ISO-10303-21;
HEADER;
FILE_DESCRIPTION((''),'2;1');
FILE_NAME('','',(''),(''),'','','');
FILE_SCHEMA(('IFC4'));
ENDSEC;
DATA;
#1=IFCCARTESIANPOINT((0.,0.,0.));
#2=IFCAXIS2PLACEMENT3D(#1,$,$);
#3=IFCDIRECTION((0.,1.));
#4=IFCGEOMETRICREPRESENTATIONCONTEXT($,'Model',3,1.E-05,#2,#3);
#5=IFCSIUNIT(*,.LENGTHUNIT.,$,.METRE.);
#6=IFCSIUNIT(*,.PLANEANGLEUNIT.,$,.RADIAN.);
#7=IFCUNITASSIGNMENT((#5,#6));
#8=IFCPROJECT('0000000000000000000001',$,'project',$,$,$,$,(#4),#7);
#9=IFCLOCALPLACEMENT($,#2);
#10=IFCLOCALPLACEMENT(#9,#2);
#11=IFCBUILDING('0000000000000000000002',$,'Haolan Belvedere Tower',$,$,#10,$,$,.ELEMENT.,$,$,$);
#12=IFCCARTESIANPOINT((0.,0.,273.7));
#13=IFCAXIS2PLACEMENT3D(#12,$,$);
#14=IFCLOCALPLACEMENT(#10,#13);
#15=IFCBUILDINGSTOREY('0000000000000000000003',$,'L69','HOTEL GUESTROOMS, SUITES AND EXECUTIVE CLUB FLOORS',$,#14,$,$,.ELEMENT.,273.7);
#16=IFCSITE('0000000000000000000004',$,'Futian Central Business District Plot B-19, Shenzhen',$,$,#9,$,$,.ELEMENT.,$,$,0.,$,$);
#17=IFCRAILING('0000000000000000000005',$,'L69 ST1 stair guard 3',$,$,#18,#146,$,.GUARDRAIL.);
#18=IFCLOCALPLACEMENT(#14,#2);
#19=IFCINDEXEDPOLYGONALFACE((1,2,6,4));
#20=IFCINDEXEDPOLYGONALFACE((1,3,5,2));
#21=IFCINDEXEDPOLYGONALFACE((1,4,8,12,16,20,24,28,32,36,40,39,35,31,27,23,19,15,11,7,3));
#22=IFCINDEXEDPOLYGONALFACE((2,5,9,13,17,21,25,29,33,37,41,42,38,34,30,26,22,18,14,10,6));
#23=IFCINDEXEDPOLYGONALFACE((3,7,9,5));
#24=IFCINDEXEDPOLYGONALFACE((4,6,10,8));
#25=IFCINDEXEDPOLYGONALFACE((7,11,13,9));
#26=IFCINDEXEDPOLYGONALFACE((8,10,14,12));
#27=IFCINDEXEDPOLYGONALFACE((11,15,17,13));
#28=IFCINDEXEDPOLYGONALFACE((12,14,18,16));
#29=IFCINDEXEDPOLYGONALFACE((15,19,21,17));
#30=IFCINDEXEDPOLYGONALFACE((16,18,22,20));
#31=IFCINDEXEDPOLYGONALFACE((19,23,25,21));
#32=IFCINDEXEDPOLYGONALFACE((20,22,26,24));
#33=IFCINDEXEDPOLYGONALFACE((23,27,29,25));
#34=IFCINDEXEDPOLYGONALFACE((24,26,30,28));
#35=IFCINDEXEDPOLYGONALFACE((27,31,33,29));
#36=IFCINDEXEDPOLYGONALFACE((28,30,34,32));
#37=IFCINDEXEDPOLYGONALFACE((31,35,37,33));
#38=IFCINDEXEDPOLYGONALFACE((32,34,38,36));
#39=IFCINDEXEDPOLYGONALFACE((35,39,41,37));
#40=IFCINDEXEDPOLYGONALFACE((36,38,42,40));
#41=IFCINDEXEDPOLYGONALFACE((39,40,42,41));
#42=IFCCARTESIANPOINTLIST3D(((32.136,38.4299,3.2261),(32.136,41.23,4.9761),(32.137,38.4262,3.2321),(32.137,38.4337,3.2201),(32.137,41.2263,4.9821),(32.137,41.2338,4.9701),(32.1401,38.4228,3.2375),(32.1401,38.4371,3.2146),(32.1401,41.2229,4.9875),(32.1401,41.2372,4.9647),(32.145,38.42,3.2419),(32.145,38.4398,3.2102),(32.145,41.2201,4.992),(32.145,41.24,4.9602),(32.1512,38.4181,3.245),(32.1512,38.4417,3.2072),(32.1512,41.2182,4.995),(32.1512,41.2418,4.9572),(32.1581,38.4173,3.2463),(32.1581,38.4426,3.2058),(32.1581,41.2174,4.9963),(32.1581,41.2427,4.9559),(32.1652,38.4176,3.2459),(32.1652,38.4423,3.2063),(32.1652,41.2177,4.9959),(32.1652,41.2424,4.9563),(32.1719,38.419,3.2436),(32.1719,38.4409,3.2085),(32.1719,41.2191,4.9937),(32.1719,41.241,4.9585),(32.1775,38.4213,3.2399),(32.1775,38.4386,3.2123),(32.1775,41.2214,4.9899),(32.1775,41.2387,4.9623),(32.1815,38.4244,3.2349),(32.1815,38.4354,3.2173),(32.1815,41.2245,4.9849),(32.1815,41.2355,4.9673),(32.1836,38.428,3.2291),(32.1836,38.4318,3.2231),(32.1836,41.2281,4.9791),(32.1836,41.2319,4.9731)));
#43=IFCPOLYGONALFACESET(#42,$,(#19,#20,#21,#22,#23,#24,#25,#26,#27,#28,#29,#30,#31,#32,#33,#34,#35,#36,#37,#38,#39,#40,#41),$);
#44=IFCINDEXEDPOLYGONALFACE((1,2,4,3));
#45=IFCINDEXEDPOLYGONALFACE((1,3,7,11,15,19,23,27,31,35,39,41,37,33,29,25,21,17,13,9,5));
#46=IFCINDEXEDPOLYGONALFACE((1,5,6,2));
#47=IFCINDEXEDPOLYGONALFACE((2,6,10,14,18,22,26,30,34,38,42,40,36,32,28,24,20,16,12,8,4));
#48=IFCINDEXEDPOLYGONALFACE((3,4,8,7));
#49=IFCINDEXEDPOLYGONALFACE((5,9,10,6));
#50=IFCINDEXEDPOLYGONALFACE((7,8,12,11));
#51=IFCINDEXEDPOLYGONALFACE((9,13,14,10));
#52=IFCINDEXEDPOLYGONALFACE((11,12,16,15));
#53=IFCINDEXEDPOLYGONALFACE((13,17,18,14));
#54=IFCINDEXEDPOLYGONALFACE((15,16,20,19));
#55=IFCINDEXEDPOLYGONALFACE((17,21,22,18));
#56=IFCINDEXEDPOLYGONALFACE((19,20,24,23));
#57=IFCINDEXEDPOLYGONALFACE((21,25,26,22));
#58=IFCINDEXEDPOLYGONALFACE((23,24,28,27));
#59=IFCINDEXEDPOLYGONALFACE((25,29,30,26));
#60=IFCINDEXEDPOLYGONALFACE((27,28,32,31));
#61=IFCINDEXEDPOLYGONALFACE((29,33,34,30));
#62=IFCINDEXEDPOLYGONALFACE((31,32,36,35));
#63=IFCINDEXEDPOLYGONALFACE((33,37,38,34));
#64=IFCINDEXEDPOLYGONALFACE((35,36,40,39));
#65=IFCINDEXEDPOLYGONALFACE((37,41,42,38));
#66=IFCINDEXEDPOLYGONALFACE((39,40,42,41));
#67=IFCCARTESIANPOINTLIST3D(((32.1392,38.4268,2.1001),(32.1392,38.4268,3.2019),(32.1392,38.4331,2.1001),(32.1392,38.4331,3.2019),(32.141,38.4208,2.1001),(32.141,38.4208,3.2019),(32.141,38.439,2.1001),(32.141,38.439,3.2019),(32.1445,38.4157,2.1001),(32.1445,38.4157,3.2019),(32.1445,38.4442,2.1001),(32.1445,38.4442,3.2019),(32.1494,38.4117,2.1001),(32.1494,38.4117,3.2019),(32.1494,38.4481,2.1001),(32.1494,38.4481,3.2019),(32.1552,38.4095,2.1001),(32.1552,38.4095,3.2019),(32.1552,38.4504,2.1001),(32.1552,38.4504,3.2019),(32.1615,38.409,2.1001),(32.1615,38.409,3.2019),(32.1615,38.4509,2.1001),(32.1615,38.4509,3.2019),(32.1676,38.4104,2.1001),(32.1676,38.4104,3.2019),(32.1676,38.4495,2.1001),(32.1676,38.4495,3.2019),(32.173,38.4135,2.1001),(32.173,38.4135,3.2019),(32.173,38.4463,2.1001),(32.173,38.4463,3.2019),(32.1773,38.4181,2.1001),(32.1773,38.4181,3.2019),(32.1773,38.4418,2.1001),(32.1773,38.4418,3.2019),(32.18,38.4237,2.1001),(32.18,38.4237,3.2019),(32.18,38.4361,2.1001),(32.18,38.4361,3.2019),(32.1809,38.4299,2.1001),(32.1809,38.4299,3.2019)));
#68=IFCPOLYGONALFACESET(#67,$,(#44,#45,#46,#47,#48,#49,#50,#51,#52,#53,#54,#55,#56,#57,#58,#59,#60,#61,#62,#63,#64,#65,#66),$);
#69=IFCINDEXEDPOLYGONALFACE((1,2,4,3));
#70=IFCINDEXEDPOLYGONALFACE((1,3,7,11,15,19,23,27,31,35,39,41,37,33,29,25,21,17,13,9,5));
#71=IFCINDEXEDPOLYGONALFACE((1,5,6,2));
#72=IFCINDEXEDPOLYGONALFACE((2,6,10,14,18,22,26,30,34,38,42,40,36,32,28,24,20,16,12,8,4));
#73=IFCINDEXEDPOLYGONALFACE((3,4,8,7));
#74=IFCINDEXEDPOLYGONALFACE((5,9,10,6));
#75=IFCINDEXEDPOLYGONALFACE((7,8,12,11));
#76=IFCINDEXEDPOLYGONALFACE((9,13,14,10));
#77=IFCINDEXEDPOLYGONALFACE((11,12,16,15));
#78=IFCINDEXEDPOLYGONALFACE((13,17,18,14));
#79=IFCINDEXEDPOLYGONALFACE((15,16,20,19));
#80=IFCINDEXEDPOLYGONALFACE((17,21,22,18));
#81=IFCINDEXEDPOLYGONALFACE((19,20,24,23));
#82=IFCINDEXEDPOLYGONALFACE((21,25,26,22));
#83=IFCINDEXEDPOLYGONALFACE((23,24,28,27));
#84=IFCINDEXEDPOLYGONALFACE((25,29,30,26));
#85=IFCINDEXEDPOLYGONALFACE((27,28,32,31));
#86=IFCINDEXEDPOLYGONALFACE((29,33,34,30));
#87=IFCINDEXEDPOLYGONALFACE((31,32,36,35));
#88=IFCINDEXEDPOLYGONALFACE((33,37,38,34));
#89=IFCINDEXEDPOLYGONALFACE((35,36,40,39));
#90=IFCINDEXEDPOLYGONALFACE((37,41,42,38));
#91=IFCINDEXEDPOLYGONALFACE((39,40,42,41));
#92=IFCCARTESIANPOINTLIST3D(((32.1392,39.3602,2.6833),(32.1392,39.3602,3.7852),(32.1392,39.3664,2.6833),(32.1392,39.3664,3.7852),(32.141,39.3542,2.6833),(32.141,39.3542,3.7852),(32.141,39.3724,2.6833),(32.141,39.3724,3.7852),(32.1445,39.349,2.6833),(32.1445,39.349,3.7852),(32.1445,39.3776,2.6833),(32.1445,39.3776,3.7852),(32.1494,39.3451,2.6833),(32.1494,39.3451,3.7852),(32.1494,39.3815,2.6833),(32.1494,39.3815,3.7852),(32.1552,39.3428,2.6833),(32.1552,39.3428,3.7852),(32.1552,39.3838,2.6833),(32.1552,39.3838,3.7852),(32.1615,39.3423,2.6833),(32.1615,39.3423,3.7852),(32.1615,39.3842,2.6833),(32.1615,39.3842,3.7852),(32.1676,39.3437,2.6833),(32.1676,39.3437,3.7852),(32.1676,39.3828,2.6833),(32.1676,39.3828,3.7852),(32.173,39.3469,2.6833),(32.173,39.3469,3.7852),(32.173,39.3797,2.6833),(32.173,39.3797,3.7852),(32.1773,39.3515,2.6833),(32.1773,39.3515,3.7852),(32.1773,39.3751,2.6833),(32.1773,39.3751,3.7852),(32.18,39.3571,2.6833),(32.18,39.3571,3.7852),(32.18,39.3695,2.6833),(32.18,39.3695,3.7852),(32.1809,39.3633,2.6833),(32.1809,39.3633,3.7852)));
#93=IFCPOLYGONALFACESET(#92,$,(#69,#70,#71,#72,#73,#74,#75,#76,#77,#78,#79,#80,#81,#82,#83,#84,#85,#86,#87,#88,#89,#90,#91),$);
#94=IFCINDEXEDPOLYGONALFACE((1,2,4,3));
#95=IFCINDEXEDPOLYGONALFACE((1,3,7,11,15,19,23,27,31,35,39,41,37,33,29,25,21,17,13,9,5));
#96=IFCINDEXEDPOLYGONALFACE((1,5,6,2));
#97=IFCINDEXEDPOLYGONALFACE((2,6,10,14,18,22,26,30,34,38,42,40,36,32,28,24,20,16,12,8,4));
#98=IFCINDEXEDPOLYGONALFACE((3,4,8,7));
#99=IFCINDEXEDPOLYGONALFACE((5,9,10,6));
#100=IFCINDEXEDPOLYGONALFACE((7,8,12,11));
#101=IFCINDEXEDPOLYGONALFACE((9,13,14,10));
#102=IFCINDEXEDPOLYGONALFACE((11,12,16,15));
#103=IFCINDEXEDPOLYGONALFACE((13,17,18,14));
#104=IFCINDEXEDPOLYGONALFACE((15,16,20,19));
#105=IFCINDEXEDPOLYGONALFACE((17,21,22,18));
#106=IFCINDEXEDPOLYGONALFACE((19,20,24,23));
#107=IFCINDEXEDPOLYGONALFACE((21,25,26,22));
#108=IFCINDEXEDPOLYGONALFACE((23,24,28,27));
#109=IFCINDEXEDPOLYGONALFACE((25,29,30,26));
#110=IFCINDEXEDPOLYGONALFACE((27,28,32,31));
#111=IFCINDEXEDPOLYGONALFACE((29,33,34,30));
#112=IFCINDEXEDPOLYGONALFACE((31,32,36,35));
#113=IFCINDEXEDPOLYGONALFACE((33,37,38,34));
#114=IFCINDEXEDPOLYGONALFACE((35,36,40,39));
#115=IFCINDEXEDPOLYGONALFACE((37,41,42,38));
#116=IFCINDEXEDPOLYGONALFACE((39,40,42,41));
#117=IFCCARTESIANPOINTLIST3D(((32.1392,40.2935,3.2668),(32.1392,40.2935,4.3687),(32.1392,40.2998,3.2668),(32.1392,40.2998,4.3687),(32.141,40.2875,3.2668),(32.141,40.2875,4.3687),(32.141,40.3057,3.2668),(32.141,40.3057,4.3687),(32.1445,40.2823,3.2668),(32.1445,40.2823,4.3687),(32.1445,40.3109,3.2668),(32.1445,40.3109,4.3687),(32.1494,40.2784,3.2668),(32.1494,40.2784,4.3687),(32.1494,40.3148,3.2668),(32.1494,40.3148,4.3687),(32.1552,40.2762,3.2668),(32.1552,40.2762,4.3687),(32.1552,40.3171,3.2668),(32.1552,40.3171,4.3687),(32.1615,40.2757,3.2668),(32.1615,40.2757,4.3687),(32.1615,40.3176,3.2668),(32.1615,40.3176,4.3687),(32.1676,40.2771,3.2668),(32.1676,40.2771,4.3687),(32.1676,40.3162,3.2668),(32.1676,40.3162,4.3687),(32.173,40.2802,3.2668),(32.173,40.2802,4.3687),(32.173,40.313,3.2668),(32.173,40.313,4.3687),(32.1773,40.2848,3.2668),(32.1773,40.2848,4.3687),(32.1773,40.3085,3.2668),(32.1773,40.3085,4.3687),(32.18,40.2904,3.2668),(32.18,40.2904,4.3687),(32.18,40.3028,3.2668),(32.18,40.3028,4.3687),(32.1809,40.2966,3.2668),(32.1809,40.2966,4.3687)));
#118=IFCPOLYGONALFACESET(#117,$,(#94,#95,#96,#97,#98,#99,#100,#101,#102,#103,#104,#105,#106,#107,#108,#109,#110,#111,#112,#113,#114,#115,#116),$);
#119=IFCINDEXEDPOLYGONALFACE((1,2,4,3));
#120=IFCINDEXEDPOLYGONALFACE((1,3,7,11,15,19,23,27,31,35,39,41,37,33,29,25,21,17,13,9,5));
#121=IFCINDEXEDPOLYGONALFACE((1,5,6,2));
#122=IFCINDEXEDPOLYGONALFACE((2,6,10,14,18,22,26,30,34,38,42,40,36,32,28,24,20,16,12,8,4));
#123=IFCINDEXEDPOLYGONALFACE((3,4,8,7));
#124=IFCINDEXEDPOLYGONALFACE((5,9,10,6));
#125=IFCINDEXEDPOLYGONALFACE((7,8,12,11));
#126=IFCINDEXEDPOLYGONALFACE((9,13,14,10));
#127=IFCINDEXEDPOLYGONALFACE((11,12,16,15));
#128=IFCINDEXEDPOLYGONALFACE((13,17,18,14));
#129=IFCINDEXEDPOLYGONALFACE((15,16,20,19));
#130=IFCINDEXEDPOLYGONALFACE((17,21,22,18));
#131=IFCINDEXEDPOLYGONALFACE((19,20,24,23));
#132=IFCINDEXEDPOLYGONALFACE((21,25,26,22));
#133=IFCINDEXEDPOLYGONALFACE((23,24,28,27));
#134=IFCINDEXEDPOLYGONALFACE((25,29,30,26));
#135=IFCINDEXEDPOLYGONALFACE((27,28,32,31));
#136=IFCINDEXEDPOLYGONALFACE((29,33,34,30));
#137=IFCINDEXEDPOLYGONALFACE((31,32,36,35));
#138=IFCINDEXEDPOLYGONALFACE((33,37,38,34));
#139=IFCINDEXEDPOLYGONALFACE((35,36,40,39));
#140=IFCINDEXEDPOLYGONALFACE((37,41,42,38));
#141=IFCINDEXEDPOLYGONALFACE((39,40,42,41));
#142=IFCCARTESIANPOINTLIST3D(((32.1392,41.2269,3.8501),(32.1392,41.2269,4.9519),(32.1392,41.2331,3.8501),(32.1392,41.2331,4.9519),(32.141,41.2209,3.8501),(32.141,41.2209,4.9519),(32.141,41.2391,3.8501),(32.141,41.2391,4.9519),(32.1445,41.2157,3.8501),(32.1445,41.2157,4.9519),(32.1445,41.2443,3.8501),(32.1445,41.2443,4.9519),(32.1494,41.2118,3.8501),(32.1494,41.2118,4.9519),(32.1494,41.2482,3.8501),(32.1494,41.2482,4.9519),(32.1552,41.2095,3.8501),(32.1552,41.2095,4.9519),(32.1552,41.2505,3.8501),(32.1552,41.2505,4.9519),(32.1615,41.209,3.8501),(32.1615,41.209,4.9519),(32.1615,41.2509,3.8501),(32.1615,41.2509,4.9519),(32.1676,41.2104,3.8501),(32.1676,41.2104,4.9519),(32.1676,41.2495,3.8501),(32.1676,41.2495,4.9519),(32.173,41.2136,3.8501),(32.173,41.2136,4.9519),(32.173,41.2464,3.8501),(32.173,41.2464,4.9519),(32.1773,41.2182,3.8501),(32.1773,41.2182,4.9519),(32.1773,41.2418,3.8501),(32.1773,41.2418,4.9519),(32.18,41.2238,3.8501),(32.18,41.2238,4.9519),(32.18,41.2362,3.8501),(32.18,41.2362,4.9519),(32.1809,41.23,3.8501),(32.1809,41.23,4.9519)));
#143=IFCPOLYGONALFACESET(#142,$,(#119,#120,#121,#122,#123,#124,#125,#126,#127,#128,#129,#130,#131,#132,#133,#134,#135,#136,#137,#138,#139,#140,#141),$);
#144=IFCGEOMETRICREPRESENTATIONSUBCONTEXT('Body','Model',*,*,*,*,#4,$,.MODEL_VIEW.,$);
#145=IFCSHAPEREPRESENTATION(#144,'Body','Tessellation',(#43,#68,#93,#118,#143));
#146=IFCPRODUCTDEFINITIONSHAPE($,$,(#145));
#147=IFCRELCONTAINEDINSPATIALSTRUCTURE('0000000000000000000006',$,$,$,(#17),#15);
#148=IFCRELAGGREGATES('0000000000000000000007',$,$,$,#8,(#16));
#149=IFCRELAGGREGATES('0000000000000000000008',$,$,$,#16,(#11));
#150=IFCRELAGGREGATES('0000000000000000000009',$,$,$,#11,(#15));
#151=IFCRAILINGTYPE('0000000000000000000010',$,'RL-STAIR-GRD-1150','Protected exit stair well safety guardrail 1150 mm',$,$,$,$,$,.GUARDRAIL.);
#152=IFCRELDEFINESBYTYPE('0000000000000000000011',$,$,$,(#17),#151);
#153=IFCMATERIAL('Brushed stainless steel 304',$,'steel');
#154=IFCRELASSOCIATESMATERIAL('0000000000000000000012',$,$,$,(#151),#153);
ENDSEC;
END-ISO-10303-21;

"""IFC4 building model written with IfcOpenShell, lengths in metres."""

from ifc_helpers import new_model, si_unit, direction, frame, origin, origin_2d, place, context, subcontext, project, spatial, circle, extrude, material, type_object, element, save


model = new_model("IFC4")

# Units and contexts
model_context = context("Model", 3, precision=1e-05, world=origin(), true_north=direction((0.0, 1.0)))
body_context = subcontext(model_context, "Body", "Model", "MODEL_VIEW")
ifc_project = project(units=[si_unit("LENGTHUNIT", "METRE"), si_unit("PLANEANGLEUNIT", "RADIAN")], contexts=[model_context])

# Site, building, storey
site_placement = place(None, origin())
site = spatial("IfcSite", under=ifc_project, at=site_placement, Name="Futian Central Business District Plot B-19, Shenzhen", CompositionType="ELEMENT", RefElevation=0.0)
building_placement = place(site_placement, origin())
building = spatial("IfcBuilding", under=site, at=building_placement, Name="Haolan Belvedere Tower", CompositionType="ELEMENT")
storey_placement = place(building_placement, frame((0.0, 0.0, 273.7)))
storey = spatial("IfcBuildingStorey", under=building, at=storey_placement, Name="L69", Description="HOTEL GUESTROOMS, SUITES AND EXECUTIVE CLUB FLOORS", CompositionType="ELEMENT", Elevation=273.7)

# Railing
ifc_material_1 = material(Name="Brushed stainless steel 304", Category="steel")
railing_type = type_object("IfcRailingType", Name="RL-STAIR-GRD-1150", Description="Protected exit stair well safety guardrail 1150 mm", PredefinedType="GUARDRAIL", material=ifc_material_1)
railing_1_placement = place(storey_placement, frame((32.1599, 38.4299, 2.1001)))
element("IfcRailing", 1, at=railing_1_placement, inside=storey, type_object=railing_type, Name="L69 ST1 stair guard 3", PredefinedType="GUARDRAIL", context=body_context, shape_type="SweptSolid", body=[
    extrude(circle(Radius=0.0239, at=origin_2d()), frame((0.0, 0.0, 1.126), z_axis=(0.0, 0.848002, 0.529992), x_axis=(-1.0, 0.0, 0.0)), (0.0, 0.0, 1.0), 3.302),
    extrude(circle(Radius=0.021, at=origin_2d()), origin(), (0.0, 0.0, 1.0), 1.1018),
    extrude(circle(Radius=0.021, at=origin_2d()), frame((0.0, 0.9333, 0.5833)), (0.0, 0.0, 1.0), 1.1018),
    extrude(circle(Radius=0.021, at=origin_2d()), frame((0.0, 1.8667, 1.1667)), (0.0, 0.0, 1.0), 1.1018),
    extrude(circle(Radius=0.021, at=origin_2d()), frame((0.0, 2.8, 1.75)), (0.0, 0.0, 1.0), 1.1018),
])

save(model, "model.ifc")
